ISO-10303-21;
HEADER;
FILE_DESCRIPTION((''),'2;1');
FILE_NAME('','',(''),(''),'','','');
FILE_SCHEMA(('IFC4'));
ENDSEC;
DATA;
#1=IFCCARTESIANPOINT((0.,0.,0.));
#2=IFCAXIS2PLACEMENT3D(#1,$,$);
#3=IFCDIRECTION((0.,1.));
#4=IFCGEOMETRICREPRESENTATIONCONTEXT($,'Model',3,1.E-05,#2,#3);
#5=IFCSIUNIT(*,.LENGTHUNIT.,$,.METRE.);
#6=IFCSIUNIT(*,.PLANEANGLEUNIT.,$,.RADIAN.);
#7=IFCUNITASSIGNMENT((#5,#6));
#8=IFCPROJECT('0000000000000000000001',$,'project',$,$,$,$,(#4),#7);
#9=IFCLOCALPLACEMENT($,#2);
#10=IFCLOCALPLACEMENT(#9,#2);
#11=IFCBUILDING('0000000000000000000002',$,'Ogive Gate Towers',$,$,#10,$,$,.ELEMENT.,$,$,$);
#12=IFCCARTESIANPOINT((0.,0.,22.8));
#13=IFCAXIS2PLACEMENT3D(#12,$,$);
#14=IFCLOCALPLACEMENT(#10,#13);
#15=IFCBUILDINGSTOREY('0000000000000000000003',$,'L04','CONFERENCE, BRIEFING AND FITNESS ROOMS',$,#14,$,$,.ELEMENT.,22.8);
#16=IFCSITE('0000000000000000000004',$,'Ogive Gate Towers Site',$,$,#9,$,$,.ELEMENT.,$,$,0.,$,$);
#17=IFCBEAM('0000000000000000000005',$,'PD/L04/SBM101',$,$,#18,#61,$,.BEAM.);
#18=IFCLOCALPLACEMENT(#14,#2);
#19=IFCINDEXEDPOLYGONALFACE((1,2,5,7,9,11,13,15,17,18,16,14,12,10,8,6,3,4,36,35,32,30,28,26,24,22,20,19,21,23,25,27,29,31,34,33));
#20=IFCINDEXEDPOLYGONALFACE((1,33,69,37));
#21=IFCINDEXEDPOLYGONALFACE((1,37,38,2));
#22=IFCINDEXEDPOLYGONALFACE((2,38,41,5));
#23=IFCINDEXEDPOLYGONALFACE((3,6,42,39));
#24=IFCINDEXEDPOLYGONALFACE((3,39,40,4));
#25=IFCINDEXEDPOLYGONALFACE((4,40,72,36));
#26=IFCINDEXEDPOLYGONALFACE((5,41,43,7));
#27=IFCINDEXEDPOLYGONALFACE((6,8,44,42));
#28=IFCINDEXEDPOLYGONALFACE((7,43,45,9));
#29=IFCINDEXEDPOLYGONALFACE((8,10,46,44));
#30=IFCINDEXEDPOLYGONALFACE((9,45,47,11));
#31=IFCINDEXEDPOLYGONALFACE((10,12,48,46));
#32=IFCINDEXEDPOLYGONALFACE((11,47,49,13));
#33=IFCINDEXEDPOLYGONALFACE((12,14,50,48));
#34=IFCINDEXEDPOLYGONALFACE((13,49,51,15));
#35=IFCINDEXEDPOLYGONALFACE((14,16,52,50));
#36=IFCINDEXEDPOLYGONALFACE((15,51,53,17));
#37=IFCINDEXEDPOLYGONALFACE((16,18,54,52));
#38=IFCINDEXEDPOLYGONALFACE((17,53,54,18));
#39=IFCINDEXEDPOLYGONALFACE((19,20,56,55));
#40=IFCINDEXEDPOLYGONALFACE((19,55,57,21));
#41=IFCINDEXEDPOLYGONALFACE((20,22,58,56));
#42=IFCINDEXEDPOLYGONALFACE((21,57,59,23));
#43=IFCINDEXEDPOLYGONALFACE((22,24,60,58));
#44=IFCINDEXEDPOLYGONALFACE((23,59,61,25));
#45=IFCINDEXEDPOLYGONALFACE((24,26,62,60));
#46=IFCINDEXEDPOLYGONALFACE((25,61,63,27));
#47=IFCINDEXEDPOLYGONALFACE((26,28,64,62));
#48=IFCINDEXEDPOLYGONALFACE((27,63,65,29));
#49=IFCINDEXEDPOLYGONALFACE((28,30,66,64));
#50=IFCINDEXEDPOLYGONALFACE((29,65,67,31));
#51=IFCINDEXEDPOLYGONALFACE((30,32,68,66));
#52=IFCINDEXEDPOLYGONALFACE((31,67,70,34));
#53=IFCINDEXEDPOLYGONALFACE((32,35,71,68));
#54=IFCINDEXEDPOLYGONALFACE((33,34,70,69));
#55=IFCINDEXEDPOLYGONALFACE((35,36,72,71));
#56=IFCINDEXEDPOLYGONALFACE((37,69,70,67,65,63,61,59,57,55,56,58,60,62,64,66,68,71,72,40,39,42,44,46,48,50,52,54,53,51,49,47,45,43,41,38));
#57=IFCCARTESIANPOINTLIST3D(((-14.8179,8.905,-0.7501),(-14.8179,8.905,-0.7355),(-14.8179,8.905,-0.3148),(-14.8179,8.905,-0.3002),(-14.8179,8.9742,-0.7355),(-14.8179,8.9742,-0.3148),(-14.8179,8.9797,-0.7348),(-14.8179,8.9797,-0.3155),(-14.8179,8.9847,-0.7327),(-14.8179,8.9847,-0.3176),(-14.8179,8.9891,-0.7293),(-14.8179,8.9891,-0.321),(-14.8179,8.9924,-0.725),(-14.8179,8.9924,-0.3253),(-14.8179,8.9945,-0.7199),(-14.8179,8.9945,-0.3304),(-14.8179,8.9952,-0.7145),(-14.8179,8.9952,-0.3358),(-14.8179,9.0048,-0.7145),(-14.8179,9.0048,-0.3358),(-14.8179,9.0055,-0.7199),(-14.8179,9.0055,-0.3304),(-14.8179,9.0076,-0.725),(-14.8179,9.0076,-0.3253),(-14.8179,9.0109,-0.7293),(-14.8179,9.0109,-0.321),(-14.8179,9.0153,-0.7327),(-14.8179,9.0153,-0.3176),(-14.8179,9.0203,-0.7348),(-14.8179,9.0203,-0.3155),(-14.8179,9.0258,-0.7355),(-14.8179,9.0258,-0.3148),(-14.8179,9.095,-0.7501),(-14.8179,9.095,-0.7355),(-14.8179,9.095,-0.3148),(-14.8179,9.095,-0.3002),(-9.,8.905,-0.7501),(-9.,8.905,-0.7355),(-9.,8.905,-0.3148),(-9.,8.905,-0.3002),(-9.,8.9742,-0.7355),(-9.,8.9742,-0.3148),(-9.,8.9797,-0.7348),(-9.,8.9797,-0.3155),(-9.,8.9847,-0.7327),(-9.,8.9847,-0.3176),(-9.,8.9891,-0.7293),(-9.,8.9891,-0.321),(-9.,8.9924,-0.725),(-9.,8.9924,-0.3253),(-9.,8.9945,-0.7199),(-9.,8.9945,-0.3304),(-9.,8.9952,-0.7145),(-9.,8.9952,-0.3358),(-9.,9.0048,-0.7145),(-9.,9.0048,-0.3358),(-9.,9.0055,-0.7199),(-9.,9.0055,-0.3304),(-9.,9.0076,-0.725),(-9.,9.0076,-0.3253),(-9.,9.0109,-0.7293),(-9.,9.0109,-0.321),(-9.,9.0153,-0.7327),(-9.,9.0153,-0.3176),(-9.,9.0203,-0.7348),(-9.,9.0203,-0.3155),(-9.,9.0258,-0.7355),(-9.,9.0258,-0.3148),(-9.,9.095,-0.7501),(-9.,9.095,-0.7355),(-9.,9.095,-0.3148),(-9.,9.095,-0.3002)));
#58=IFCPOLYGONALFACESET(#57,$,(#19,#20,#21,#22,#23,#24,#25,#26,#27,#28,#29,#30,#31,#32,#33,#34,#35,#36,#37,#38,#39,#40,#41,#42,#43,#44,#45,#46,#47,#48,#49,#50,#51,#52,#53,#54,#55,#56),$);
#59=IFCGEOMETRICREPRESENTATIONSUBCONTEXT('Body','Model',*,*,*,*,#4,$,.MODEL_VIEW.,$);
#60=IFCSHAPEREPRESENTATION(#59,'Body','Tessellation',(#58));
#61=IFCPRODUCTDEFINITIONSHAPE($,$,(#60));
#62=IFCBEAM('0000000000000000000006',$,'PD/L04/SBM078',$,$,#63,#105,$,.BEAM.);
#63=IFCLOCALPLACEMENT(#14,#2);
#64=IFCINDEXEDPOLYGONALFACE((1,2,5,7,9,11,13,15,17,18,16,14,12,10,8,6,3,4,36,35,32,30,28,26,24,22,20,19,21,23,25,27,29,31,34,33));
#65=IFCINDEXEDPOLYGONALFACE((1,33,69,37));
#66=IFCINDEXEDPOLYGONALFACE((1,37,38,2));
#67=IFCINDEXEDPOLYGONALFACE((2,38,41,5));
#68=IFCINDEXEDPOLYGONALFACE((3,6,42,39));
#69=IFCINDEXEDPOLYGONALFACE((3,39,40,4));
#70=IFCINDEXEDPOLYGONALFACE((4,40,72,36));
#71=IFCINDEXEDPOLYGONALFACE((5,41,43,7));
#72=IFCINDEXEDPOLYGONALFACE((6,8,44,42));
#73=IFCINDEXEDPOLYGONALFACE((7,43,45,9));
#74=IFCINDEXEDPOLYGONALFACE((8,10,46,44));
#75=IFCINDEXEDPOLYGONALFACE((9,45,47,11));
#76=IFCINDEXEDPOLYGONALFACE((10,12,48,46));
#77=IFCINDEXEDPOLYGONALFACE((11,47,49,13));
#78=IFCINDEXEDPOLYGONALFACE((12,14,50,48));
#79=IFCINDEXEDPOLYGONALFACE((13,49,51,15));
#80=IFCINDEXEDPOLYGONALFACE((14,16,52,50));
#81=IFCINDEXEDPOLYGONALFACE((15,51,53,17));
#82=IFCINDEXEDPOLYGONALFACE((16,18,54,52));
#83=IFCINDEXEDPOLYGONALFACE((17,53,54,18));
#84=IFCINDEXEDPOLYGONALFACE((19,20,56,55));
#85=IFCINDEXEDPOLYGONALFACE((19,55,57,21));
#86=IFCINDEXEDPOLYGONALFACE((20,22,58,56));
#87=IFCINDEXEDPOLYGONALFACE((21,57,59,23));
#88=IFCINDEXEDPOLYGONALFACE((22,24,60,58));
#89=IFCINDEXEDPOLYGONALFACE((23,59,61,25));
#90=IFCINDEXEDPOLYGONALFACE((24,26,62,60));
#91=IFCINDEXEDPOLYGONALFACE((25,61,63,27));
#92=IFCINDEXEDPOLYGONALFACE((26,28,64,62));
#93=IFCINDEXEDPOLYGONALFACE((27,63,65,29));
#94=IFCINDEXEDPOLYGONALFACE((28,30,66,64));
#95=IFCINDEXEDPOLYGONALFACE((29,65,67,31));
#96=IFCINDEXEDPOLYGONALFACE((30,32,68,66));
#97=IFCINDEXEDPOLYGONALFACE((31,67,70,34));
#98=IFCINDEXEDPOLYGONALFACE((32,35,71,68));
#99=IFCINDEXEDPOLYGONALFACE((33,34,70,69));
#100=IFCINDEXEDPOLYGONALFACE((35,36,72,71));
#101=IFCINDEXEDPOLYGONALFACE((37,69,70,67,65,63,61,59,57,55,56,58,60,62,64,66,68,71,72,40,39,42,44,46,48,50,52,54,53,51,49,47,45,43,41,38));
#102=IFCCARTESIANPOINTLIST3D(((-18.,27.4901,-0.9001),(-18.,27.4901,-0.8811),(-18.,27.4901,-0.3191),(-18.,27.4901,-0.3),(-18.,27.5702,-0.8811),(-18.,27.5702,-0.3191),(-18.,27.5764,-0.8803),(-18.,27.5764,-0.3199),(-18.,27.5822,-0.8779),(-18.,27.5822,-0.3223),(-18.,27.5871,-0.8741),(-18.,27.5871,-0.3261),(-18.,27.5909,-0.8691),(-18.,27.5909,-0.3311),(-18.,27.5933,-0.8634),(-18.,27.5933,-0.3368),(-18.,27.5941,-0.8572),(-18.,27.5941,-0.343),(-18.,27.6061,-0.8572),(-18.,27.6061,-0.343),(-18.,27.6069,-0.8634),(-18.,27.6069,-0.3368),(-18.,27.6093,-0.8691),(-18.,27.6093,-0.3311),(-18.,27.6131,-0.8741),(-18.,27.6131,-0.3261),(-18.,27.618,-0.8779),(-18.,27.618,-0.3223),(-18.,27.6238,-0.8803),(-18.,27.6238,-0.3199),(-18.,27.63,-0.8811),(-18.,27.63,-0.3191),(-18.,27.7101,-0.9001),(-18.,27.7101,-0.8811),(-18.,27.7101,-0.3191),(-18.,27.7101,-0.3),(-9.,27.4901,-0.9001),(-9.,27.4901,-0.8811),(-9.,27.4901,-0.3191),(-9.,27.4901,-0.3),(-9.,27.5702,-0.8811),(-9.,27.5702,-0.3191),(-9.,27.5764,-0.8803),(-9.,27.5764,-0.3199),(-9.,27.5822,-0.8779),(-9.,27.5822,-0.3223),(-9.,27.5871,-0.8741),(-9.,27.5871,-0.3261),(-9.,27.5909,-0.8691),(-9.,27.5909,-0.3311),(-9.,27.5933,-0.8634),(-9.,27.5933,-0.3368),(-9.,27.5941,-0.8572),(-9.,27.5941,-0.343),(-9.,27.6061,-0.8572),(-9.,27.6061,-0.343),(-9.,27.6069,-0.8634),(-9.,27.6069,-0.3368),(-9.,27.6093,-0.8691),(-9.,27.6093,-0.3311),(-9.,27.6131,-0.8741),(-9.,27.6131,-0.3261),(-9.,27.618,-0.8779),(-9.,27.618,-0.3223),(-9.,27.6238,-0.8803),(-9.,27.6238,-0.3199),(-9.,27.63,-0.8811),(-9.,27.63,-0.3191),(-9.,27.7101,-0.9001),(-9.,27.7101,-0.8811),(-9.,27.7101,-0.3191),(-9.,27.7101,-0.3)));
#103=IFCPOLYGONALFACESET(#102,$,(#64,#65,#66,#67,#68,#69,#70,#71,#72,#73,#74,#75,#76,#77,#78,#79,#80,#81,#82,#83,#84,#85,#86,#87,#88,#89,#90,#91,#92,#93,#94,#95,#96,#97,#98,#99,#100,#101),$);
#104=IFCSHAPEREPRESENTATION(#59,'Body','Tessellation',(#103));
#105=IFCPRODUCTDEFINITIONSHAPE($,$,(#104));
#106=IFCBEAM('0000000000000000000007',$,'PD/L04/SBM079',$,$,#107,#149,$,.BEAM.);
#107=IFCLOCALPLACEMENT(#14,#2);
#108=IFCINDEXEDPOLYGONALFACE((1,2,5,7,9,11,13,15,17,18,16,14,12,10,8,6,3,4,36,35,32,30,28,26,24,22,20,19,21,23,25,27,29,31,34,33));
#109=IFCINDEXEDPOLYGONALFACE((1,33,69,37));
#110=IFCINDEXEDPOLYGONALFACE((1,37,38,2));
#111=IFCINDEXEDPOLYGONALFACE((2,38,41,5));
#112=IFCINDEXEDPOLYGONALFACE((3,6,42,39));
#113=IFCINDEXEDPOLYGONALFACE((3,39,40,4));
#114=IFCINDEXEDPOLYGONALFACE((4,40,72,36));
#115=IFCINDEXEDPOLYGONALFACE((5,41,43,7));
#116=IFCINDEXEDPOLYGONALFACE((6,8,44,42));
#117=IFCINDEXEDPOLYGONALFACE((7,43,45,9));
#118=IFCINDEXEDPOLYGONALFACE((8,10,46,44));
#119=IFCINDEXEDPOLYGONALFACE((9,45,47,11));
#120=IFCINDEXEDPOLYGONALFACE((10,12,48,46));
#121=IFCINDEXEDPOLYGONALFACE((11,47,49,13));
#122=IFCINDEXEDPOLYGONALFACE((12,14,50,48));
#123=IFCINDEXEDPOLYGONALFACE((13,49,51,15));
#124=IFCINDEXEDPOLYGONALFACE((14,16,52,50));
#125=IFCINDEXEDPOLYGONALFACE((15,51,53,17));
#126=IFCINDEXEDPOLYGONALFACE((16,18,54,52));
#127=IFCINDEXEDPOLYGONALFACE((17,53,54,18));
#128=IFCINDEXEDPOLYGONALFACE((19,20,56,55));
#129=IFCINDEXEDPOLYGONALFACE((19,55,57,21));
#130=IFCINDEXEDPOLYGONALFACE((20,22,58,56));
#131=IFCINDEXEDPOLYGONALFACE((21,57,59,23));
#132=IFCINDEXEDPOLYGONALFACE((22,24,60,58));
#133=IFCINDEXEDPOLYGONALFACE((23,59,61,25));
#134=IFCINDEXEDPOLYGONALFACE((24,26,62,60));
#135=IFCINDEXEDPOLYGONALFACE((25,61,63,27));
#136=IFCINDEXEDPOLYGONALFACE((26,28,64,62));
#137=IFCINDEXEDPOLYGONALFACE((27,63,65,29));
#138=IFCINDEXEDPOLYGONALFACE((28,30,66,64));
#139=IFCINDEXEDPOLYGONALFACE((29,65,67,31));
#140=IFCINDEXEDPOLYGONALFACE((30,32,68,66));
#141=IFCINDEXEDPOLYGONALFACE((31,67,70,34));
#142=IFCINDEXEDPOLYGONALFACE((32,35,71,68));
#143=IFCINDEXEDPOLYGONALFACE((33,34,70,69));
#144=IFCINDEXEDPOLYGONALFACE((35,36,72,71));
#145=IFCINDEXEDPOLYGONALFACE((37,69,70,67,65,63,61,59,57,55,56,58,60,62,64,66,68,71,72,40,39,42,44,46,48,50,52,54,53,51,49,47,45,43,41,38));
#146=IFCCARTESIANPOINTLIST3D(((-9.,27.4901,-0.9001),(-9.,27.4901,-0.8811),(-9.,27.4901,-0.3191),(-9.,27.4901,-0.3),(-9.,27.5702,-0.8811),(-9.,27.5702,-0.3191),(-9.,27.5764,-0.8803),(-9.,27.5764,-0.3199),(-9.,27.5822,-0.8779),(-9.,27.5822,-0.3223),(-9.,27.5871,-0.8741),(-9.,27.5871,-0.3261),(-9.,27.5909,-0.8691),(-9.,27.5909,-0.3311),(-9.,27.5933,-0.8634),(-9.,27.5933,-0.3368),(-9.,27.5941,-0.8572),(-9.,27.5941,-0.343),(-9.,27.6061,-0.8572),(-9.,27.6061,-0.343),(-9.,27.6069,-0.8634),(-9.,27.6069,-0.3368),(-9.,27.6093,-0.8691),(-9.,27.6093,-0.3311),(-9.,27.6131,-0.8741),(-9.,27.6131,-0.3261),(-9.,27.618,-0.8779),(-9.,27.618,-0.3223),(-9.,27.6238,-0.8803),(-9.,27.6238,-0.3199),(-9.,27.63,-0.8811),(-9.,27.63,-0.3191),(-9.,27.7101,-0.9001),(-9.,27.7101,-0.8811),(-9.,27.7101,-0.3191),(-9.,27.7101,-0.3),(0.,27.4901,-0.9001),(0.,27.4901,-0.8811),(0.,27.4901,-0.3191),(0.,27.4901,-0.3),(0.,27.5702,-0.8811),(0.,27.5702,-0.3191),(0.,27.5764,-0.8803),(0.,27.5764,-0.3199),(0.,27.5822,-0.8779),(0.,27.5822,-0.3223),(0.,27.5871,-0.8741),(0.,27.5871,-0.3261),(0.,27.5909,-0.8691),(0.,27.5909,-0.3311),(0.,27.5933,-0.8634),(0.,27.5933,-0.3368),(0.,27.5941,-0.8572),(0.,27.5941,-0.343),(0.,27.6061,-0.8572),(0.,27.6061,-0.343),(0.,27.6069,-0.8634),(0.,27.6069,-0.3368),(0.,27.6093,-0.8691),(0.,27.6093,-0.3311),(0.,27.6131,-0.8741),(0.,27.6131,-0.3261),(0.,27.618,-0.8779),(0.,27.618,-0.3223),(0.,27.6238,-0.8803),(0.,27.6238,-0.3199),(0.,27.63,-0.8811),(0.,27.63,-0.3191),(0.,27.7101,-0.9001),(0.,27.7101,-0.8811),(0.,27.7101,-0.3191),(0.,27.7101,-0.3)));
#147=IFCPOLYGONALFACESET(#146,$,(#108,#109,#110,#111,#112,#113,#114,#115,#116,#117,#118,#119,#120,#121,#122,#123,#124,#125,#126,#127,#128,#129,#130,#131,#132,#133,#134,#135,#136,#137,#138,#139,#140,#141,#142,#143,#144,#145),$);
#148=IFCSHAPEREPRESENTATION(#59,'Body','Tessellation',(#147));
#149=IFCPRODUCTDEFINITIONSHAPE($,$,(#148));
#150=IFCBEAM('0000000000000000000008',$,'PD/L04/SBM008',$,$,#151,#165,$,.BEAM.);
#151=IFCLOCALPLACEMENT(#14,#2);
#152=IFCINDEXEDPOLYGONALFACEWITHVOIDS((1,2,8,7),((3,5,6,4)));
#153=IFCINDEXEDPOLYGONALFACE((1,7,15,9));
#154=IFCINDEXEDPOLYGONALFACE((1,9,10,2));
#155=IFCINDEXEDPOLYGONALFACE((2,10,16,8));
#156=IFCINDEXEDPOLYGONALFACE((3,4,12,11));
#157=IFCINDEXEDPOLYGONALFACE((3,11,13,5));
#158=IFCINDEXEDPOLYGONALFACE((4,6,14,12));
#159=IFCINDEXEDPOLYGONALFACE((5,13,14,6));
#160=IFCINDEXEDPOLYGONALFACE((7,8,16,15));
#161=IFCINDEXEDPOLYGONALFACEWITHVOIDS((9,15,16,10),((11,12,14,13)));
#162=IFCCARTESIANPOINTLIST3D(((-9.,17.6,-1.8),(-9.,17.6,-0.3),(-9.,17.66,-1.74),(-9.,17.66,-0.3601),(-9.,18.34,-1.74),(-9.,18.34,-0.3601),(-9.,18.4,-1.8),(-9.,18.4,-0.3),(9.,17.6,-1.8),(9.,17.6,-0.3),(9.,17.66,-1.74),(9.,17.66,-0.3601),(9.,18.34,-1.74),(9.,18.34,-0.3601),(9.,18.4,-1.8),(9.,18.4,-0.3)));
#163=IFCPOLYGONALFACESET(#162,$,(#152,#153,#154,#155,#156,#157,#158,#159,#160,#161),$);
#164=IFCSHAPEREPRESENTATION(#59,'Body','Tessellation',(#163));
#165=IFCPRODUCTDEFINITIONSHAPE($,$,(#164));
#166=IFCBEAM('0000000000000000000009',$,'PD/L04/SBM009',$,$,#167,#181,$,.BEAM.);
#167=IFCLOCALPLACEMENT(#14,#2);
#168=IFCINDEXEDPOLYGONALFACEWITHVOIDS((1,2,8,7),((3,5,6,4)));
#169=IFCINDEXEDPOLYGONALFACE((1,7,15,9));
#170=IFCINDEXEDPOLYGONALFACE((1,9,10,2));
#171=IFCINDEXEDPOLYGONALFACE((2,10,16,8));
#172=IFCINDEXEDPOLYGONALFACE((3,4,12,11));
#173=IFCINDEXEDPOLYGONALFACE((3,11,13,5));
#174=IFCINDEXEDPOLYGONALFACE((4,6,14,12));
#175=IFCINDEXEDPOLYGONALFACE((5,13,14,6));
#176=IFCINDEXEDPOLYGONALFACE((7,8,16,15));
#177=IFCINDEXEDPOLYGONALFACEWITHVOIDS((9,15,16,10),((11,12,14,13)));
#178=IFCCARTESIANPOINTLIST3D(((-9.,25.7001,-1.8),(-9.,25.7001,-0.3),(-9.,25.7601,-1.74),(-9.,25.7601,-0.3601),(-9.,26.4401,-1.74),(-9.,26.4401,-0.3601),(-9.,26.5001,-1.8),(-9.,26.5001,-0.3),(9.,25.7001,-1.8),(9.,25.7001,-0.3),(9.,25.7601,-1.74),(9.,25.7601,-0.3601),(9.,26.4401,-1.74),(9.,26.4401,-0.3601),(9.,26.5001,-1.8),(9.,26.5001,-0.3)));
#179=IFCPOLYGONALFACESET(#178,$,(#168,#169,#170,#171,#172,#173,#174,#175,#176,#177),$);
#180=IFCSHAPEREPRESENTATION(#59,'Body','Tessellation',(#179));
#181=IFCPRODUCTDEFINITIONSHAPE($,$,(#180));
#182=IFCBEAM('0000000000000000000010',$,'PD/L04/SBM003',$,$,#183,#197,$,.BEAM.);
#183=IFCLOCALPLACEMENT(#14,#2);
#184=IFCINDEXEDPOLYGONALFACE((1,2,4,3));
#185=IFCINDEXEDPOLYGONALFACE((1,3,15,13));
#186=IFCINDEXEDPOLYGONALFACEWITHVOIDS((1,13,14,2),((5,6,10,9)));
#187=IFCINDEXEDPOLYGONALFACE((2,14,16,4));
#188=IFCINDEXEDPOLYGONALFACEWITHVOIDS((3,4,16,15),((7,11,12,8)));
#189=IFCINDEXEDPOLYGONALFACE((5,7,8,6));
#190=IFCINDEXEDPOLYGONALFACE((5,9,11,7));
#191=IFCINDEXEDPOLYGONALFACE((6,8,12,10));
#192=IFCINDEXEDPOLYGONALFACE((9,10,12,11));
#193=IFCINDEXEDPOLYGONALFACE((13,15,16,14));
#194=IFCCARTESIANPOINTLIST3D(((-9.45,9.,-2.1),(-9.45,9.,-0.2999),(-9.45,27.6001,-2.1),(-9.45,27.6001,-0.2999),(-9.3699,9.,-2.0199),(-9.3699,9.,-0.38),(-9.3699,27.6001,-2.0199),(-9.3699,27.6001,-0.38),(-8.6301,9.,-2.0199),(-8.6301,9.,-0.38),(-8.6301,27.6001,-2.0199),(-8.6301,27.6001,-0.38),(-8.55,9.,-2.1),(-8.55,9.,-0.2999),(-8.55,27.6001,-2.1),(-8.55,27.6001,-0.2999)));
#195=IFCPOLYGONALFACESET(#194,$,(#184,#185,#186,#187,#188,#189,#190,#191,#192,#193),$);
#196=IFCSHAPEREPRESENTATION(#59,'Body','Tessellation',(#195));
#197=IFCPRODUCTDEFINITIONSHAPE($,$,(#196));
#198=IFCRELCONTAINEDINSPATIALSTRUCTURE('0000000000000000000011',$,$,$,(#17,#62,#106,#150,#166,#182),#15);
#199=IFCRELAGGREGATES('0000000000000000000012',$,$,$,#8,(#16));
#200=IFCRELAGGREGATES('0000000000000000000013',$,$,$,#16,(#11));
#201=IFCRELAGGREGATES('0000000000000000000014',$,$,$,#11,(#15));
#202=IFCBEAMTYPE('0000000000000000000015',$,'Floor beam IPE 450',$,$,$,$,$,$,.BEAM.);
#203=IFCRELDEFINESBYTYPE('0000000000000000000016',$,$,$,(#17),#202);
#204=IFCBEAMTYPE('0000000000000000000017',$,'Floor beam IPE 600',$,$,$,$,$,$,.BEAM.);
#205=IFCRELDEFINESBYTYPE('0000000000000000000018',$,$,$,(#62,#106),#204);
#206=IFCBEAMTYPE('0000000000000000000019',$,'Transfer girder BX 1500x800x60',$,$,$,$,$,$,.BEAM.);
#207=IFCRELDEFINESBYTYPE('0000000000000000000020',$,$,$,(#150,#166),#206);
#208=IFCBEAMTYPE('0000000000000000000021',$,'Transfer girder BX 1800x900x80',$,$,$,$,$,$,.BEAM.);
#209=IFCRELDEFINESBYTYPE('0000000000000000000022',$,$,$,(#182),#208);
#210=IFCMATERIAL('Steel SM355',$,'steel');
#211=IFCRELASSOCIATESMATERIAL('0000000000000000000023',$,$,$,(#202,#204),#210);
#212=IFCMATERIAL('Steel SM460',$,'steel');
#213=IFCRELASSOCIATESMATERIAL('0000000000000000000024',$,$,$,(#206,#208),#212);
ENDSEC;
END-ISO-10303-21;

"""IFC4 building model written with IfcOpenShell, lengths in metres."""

from ifc_helpers import new_model, si_unit, direction, frame, origin, origin_2d, place, context, subcontext, project, spatial, hollow_rectangle, i_section, extrude, material, material_profile, profile_set, type_object, element, save


model = new_model("IFC4")

# Units and contexts
model_context = context("Model", 3, precision=1e-05, world=origin(), true_north=direction((0.0, 1.0)))
body_context = subcontext(model_context, "Body", "Model", "MODEL_VIEW")
ifc_project = project(units=[si_unit("LENGTHUNIT", "METRE"), si_unit("PLANEANGLEUNIT", "RADIAN")], contexts=[model_context])

# Site, building, storey
site_placement = place(None, origin())
site = spatial("IfcSite", under=ifc_project, at=site_placement, Name="Ogive Gate Towers Site", CompositionType="ELEMENT", RefElevation=0.0)
building_placement = place(site_placement, origin())
building = spatial("IfcBuilding", under=site, at=building_placement, Name="Ogive Gate Towers", CompositionType="ELEMENT")
storey_placement = place(building_placement, frame((0.0, 0.0, 22.8)))
storey = spatial("IfcBuildingStorey", under=building, at=storey_placement, Name="L04", Description="CONFERENCE, BRIEFING AND FITNESS ROOMS", CompositionType="ELEMENT", Elevation=22.8)

# Beams
ifc_material_1 = material(Name="Steel SM460", Category="steel")
ifc_material_2 = material(Name="Steel SM355", Category="steel")
ifc_material_profile_1 = material_profile(ifc_material_2, i_section(OverallWidth=0.1899, OverallDepth=0.45, WebThickness=0.0095, FlangeThickness=0.0146, FilletRadius=0.021, at=origin_2d()), Name="IPE 450")
ifc_profile_set_1 = profile_set([ifc_material_profile_1], Name="Steel SM355")
beam_type_1 = type_object("IfcBeamType", Name="Floor beam IPE 450", PredefinedType="BEAM", material=ifc_profile_set_1)
beam_1_placement = place(storey_placement, frame((-9.0, 9.0, -0.5251), z_axis=(-1.0, 0.0, 0.0), x_axis=(0.0, -1.0, 0.0)))
element("IfcBeam", 1, at=beam_1_placement, inside=storey, type_object=beam_type_1, Name="PD/L04/SBM101", PredefinedType="BEAM", context=body_context, shape_type="SweptSolid", body=[
    extrude(i_section(OverallWidth=0.1899, OverallDepth=0.45, WebThickness=0.0095, FlangeThickness=0.0146, FilletRadius=0.021, at=origin_2d()), origin(), (0.0, 0.0, 1.0), 5.8179),
])
ifc_material_profile_2 = material_profile(ifc_material_2, i_section(OverallWidth=0.22, OverallDepth=0.6001, WebThickness=0.012, FlangeThickness=0.019, FilletRadius=0.0239, at=origin_2d()), Name="IPE 600")
ifc_profile_set_2 = profile_set([ifc_material_profile_2], Name="Steel SM355")
beam_type_2 = type_object("IfcBeamType", Name="Floor beam IPE 600", PredefinedType="BEAM", material=ifc_profile_set_2)
for number, where, z_axis, x_axis, name in (
    (2, (-18.0, 27.6001, -0.6001), (1.0, 0.0, 0.0), (0.0, 1.0, 0.0), "PD/L04/SBM078"),
    (3, (-9.0, 27.6001, -0.6001), (1.0, 0.0, 0.0), (0.0, 1.0, 0.0), "PD/L04/SBM079"),
):
    element("IfcBeam", number, at=place(storey_placement, frame(where, z_axis=z_axis, x_axis=x_axis)), inside=storey, type_object=beam_type_2, Name=name, PredefinedType="BEAM", context=body_context, shape_type="SweptSolid", body=[
        extrude(i_section(OverallWidth=0.22, OverallDepth=0.6001, WebThickness=0.012, FlangeThickness=0.019, FilletRadius=0.0239, at=origin_2d()), origin(), (0.0, 0.0, 1.0), 9.0),
    ])
ifc_material_profile_3 = material_profile(ifc_material_1, hollow_rectangle(XDim=0.8, YDim=1.5, WallThickness=0.0601, at=origin_2d()), Name="BX 1500x800x60")
ifc_profile_set_3 = profile_set([ifc_material_profile_3], Name="Steel SM460")
beam_type_3 = type_object("IfcBeamType", Name="Transfer girder BX 1500x800x60", PredefinedType="BEAM", material=ifc_profile_set_3)
for number, where, z_axis, x_axis, name in (
    (4, (-9.0, 18.0, -1.05), (1.0, 0.0, 0.0), (0.0, 1.0, 0.0), "PD/L04/SBM008"),
    (5, (-9.0, 26.1001, -1.05), (1.0, 0.0, 0.0), (0.0, 1.0, 0.0), "PD/L04/SBM009"),
):
    element("IfcBeam", number, at=place(storey_placement, frame(where, z_axis=z_axis, x_axis=x_axis)), inside=storey, type_object=beam_type_3, Name=name, PredefinedType="BEAM", context=body_context, shape_type="SweptSolid", body=[
        extrude(hollow_rectangle(XDim=0.8, YDim=1.5, WallThickness=0.0601, at=origin_2d()), origin(), (0.0, 0.0, 1.0), 18.0),
    ])
ifc_material_profile_4 = material_profile(ifc_material_1, hollow_rectangle(XDim=0.8999, YDim=1.8, WallThickness=0.0801, at=origin_2d()), Name="BX 1800x900x80")
ifc_profile_set_4 = profile_set([ifc_material_profile_4], Name="Steel SM460")
beam_type_4 = type_object("IfcBeamType", Name="Transfer girder BX 1800x900x80", PredefinedType="BEAM", material=ifc_profile_set_4)
beam_2_placement = place(storey_placement, frame((-9.0, 9.0, -1.2), z_axis=(0.0, 1.0, 0.0), x_axis=(-1.0, 0.0, 0.0)))
element("IfcBeam", 6, at=beam_2_placement, inside=storey, type_object=beam_type_4, Name="PD/L04/SBM003", PredefinedType="BEAM", context=body_context, shape_type="SweptSolid", body=[
    extrude(hollow_rectangle(XDim=0.8999, YDim=1.8, WallThickness=0.0801, at=origin_2d()), origin(), (0.0, 0.0, 1.0), 18.6001),
])

save(model, "model.ifc")
